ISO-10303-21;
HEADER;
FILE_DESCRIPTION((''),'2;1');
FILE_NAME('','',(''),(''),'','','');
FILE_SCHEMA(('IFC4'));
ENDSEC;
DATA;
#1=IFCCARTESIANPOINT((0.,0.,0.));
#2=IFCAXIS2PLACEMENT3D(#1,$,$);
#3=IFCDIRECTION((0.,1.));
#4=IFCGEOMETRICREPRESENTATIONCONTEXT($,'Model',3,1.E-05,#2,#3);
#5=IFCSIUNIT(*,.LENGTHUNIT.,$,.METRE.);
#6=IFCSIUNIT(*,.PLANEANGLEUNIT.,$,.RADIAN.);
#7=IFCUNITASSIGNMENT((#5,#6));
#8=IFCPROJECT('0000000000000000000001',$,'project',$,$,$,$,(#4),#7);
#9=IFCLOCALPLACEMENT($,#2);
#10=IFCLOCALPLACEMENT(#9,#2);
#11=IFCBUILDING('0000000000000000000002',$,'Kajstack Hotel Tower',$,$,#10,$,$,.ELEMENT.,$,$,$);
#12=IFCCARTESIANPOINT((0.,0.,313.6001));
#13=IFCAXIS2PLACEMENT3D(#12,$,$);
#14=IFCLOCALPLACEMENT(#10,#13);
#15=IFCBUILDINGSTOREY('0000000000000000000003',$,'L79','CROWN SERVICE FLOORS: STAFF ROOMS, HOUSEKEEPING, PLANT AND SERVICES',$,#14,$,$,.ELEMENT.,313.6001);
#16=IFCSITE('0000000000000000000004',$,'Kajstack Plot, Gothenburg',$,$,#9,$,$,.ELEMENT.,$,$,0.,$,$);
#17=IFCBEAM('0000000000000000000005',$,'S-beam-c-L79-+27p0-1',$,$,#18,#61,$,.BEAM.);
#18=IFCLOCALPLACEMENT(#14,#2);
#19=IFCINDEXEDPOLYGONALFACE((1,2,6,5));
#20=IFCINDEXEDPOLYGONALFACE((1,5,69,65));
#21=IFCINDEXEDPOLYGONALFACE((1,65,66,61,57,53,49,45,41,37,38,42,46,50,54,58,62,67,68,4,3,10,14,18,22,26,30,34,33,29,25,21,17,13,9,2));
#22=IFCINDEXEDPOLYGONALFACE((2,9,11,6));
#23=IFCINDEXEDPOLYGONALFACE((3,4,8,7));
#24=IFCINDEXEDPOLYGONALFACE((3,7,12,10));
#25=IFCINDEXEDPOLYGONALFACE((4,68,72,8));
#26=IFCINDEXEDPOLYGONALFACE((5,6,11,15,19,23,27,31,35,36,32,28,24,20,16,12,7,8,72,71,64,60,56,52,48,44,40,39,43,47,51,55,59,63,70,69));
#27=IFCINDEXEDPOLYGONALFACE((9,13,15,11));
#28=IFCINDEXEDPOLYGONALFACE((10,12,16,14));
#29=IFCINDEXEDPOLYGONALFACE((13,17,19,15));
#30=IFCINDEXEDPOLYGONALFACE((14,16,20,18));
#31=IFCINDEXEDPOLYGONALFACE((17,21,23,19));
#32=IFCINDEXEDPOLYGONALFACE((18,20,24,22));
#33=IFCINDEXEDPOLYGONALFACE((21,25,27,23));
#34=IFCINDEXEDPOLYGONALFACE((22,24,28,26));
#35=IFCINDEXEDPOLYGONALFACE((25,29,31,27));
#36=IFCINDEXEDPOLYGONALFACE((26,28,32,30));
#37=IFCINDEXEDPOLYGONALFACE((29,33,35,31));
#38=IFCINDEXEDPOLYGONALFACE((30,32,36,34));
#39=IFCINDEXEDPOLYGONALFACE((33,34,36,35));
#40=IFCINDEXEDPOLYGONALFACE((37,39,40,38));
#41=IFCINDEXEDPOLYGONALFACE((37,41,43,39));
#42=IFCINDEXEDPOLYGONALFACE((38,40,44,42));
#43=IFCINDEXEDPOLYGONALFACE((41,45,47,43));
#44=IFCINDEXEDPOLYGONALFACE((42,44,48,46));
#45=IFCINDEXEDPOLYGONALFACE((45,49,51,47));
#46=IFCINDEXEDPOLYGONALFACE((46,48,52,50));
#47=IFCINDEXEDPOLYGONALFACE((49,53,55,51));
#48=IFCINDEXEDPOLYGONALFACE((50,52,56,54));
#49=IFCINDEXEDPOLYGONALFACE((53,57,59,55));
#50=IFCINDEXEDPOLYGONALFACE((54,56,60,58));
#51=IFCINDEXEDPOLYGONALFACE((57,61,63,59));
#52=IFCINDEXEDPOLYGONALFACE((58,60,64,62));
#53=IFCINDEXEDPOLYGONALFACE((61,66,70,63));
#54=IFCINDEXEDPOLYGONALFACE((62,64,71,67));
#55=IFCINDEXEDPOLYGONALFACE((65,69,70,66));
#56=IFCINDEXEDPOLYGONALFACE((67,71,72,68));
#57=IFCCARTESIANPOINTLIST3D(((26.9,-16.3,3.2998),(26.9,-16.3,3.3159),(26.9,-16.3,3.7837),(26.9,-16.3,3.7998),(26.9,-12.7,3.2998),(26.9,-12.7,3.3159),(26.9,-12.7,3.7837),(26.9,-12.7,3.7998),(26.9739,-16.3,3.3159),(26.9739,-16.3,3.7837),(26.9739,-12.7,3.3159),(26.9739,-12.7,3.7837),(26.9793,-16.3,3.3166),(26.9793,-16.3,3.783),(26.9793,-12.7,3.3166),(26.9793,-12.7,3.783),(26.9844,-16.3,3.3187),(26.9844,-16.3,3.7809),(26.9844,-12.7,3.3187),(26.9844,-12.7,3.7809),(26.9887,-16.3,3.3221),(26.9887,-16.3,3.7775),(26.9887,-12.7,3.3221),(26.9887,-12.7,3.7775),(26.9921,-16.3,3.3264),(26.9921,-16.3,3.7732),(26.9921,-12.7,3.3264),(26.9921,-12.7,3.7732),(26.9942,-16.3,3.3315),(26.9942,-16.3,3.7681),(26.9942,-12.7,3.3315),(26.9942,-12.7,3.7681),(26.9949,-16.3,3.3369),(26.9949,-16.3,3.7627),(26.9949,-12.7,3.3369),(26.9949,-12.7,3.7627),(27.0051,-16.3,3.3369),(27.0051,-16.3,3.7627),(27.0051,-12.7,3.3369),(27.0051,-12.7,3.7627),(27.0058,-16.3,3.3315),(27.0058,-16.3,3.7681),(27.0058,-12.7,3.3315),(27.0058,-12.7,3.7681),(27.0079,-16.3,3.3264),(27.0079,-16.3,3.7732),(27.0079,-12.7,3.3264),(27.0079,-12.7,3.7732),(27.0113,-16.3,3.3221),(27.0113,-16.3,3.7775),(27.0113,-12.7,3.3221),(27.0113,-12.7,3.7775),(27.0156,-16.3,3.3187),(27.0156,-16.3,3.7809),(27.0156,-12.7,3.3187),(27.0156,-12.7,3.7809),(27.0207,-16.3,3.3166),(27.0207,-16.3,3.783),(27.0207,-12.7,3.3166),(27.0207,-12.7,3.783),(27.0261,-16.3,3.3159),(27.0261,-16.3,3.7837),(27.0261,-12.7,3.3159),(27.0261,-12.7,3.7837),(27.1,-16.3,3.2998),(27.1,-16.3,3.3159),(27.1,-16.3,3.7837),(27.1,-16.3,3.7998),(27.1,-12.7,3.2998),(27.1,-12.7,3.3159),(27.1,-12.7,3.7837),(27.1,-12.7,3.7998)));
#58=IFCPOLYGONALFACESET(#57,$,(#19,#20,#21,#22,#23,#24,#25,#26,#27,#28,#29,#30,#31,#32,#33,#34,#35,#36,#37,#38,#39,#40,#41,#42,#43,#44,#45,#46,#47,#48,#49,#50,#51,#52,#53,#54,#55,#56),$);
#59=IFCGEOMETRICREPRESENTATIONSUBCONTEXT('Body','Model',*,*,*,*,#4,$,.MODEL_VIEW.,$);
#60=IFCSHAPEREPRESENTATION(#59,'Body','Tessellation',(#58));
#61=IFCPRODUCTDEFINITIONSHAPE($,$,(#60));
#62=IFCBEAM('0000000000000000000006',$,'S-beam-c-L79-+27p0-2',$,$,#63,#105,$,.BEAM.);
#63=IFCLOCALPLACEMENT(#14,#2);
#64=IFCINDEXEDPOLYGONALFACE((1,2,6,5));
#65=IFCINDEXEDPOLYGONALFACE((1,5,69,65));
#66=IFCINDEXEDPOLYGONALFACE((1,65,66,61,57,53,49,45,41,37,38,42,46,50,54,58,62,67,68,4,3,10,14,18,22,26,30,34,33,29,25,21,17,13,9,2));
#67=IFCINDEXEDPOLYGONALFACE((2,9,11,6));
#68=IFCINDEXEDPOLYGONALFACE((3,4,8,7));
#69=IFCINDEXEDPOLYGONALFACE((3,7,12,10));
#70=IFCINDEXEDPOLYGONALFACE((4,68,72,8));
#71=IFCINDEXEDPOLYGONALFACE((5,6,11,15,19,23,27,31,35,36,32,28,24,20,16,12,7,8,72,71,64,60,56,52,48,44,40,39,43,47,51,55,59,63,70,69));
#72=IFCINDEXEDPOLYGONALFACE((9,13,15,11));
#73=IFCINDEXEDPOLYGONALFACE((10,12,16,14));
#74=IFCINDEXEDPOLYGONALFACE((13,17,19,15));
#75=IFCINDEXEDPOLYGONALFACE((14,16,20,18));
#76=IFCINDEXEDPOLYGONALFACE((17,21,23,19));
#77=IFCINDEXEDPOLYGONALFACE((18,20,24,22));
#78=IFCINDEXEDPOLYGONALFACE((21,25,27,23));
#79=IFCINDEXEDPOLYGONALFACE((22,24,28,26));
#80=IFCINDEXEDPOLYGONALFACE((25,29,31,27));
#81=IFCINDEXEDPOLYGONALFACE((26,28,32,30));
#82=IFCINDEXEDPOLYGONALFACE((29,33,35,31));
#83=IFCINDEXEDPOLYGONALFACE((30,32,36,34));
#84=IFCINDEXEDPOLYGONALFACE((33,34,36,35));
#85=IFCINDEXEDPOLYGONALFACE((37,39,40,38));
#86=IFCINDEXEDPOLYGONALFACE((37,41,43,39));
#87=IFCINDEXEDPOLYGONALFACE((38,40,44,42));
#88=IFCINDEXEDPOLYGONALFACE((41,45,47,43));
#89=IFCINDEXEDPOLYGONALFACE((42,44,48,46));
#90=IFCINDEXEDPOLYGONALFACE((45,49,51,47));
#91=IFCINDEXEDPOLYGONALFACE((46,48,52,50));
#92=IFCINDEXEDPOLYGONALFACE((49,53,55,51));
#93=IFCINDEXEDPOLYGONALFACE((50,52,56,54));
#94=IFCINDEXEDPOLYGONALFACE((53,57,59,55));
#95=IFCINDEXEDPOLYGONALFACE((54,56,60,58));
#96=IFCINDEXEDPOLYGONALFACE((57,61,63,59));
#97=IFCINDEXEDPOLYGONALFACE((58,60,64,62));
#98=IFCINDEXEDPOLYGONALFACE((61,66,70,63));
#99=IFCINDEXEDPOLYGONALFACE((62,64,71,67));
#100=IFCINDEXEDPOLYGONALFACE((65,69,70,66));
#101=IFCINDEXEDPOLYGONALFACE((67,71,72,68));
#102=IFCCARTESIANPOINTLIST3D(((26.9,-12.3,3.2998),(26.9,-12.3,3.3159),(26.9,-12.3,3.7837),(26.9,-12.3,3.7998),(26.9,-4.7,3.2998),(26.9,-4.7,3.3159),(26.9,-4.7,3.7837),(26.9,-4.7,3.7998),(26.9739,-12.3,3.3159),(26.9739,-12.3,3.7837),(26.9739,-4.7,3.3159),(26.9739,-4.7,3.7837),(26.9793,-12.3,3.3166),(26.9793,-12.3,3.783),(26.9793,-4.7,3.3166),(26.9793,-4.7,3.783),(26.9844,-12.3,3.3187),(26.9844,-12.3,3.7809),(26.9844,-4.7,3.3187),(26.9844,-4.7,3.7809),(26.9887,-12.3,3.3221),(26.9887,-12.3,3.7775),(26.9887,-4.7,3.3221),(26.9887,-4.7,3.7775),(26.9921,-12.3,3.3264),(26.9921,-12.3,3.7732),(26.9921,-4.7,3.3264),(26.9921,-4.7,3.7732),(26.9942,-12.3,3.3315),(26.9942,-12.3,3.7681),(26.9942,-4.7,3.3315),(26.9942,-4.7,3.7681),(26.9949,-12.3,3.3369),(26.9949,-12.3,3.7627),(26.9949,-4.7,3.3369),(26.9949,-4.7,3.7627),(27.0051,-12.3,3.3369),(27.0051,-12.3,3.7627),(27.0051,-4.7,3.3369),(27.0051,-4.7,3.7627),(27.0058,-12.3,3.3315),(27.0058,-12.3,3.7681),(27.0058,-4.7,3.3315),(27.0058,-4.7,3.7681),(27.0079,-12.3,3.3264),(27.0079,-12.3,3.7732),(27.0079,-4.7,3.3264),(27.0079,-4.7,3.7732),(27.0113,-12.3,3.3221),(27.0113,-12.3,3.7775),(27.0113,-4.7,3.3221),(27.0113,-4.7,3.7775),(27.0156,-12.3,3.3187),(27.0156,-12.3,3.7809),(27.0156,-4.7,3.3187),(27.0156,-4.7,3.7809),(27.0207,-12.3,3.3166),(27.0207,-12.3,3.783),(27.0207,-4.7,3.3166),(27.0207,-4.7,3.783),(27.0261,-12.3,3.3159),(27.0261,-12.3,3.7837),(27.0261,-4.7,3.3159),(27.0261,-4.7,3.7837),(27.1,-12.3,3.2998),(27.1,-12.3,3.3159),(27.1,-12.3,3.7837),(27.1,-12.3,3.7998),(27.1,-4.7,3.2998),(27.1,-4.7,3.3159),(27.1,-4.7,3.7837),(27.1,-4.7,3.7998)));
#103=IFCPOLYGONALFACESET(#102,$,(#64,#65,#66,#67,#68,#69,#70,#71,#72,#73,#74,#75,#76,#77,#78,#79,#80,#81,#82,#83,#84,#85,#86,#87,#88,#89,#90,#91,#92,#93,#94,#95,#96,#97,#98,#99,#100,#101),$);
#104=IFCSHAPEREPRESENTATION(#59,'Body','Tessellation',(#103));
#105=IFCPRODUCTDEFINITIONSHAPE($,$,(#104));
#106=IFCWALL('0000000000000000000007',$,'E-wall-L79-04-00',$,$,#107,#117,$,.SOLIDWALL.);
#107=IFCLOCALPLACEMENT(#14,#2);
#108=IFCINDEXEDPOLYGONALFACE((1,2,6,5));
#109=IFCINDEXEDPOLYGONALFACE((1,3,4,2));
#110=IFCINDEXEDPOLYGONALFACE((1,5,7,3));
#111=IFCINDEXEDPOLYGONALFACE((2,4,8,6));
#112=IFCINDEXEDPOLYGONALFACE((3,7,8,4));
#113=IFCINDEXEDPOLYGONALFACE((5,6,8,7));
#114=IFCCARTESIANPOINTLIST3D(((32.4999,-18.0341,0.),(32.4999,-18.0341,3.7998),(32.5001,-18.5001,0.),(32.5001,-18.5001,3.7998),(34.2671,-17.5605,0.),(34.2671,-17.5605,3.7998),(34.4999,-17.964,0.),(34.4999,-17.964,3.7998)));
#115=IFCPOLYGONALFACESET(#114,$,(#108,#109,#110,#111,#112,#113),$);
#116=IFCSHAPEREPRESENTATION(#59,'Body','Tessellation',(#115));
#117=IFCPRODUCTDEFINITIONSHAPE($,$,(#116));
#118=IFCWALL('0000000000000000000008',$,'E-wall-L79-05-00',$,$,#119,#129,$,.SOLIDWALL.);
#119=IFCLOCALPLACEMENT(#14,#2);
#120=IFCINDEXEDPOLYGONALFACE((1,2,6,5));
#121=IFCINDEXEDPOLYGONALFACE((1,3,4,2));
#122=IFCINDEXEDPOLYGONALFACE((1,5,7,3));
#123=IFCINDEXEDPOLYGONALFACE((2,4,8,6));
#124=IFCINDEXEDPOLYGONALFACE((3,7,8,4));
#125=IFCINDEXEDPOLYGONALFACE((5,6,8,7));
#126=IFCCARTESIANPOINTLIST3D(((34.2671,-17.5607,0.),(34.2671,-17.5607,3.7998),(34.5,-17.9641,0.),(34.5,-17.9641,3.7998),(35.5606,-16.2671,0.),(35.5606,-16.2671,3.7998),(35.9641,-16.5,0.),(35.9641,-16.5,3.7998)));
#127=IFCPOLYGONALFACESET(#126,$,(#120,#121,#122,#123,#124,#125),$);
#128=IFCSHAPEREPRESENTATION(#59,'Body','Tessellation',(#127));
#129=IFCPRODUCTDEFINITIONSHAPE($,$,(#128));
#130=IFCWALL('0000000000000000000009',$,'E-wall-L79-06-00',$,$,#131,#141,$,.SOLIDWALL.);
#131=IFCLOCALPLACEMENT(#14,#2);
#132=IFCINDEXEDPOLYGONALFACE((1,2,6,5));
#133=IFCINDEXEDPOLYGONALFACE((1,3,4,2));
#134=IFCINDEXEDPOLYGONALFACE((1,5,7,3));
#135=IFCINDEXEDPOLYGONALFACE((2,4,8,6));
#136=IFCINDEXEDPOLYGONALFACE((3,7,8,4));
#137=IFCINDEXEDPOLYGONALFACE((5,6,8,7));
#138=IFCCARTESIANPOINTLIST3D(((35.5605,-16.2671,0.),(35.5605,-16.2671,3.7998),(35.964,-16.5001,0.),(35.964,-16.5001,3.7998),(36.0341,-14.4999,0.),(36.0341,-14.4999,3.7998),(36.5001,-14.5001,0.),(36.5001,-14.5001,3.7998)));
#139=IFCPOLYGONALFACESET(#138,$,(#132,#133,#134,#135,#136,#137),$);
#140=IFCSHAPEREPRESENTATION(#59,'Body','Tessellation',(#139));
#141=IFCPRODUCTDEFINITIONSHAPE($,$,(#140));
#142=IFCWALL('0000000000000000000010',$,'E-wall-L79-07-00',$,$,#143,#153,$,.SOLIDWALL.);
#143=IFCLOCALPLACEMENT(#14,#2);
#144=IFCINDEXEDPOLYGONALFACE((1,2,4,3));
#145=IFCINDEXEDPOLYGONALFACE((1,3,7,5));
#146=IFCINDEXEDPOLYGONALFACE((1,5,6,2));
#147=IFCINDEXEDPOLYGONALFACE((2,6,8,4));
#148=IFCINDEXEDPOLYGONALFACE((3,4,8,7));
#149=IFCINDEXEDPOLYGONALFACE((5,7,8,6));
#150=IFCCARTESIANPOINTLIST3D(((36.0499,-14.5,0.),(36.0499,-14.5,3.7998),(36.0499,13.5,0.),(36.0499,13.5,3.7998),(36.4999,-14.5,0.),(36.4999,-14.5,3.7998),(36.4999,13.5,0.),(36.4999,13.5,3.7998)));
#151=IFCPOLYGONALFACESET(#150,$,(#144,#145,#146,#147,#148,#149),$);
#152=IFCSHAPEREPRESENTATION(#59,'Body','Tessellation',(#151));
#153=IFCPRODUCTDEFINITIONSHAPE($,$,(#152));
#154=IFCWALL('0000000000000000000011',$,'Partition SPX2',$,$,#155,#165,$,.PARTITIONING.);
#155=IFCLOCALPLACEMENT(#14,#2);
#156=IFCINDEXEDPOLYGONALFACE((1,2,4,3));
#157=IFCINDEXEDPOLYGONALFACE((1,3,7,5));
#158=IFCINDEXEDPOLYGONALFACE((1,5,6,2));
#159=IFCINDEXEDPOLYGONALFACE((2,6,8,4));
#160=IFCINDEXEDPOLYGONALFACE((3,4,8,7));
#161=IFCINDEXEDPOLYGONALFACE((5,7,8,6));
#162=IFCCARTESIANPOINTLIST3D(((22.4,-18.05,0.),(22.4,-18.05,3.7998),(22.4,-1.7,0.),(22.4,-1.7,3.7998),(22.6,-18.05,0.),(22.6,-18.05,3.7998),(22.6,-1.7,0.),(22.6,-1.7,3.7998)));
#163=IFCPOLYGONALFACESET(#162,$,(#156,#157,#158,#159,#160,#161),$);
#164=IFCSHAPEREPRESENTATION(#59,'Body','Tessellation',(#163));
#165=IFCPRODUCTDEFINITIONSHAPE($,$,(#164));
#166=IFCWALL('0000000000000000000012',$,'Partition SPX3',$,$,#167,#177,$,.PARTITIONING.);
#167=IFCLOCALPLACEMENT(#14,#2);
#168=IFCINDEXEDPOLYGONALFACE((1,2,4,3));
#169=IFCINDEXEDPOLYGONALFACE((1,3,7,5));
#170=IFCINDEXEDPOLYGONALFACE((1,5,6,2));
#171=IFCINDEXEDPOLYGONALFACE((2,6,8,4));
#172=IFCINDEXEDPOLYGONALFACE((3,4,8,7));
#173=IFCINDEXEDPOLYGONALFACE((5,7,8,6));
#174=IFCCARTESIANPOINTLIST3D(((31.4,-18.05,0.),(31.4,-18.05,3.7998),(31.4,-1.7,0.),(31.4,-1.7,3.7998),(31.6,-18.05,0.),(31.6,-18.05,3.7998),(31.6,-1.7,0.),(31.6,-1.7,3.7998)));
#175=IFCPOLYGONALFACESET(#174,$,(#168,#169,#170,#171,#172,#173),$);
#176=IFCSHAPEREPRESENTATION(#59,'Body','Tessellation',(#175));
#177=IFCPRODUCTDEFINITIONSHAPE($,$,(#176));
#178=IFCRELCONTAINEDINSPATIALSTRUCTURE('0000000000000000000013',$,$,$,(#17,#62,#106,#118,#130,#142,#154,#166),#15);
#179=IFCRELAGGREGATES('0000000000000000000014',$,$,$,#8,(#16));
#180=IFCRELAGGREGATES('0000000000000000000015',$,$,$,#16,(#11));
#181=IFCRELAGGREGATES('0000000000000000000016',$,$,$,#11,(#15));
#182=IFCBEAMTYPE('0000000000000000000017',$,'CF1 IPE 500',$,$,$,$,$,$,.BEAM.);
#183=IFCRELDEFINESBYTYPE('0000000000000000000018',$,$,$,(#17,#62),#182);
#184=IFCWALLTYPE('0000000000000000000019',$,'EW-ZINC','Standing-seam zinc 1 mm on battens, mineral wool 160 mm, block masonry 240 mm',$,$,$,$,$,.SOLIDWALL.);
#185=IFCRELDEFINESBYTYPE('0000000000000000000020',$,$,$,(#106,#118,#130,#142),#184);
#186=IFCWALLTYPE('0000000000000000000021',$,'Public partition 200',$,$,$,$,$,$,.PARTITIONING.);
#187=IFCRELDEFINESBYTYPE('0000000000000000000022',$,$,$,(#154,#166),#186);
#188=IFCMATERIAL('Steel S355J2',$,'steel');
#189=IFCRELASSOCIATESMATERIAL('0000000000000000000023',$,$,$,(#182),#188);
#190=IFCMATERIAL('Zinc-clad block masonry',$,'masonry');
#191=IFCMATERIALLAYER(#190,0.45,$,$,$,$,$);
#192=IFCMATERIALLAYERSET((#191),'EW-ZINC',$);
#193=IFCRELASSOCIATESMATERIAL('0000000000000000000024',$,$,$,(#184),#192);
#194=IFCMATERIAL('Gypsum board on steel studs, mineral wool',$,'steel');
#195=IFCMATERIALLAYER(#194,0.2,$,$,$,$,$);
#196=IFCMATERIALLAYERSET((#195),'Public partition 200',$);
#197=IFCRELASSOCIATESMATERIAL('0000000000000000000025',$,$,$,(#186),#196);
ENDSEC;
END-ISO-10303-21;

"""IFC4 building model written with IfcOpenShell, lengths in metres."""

from ifc_helpers import new_model, si_unit, direction, frame, frame_2d, origin, origin_2d, place, context, subcontext, project, spatial, polyline, rectangle, i_section, outline, extrude, material, layer, layer_set, material_profile, profile_set, type_object, element, save


model = new_model("IFC4")

# Units and contexts
model_context = context("Model", 3, precision=1e-05, world=origin(), true_north=direction((0.0, 1.0)))
body_context = subcontext(model_context, "Body", "Model", "MODEL_VIEW")
ifc_project = project(units=[si_unit("LENGTHUNIT", "METRE"), si_unit("PLANEANGLEUNIT", "RADIAN")], contexts=[model_context])

# Site, building, storey
site_placement = place(None, origin())
site = spatial("IfcSite", under=ifc_project, at=site_placement, Name="Kajstack Plot, Gothenburg", CompositionType="ELEMENT", RefElevation=0.0)
building_placement = place(site_placement, origin())
building = spatial("IfcBuilding", under=site, at=building_placement, Name="Kajstack Hotel Tower", CompositionType="ELEMENT")
storey_placement = place(building_placement, frame((0.0, 0.0, 313.6001)))
storey = spatial("IfcBuildingStorey", under=building, at=storey_placement, Name="L79", Description="CROWN SERVICE FLOORS: STAFF ROOMS, HOUSEKEEPING, PLANT AND SERVICES", CompositionType="ELEMENT", Elevation=313.6001)

# Shared definitions
ifc_material_1 = material(Name="Steel S355J2", Category="steel")

# Beams
ifc_material_profile_1 = material_profile(ifc_material_1, i_section(OverallWidth=0.2, OverallDepth=0.5, WebThickness=0.0103, FlangeThickness=0.0161, FilletRadius=0.021, at=origin_2d()), Name="IPE 500")
ifc_profile_set_1 = profile_set([ifc_material_profile_1], Name="Steel S355J2")
beam_type = type_object("IfcBeamType", Name="CF1 IPE 500", PredefinedType="BEAM", material=ifc_profile_set_1)
beam_1_placement = place(storey_placement, frame((27.0, -16.3, 3.5498), z_axis=(0.0, 1.0, 0.0), x_axis=(-1.0, 0.0, 0.0)))
element("IfcBeam", 1, at=beam_1_placement, inside=storey, type_object=beam_type, Name="S-beam-c-L79-+27p0-1", PredefinedType="BEAM", context=body_context, shape_type="SweptSolid", body=[
    extrude(i_section(OverallWidth=0.2, OverallDepth=0.5, WebThickness=0.0103, FlangeThickness=0.0161, FilletRadius=0.021, at=origin_2d()), origin(), (0.0, 0.0, 1.0), 3.6001),
])
beam_2_placement = place(storey_placement, frame((27.0, -12.3, 3.5498), z_axis=(0.0, 1.0, 0.0), x_axis=(-1.0, 0.0, 0.0)))
element("IfcBeam", 2, at=beam_2_placement, inside=storey, type_object=beam_type, Name="S-beam-c-L79-+27p0-2", PredefinedType="BEAM", context=body_context, shape_type="SweptSolid", body=[
    extrude(i_section(OverallWidth=0.2, OverallDepth=0.5, WebThickness=0.0103, FlangeThickness=0.0161, FilletRadius=0.021, at=origin_2d()), origin(), (0.0, 0.0, 1.0), 7.6001),
])

# Walls
ifc_material_2 = material(Name="Zinc-clad block masonry", Category="masonry")
ifc_layer_1 = layer(ifc_material_2, 0.45)
ifc_layer_set_1 = layer_set([ifc_layer_1], Name="EW-ZINC")
wall_type_1 = type_object("IfcWallType", Name="EW-ZINC", Description="Standing-seam zinc 1 mm on battens, mineral wool 160 mm, block masonry 240 mm", PredefinedType="SOLIDWALL", material=ifc_layer_set_1)
wall_1_placement = place(storey_placement, frame((32.4417, -18.2827, 0.0), z_axis=(0.0, 0.0, 1.0), x_axis=(0.965927, 0.258815, 0.0)))
element("IfcWall", 3, at=wall_1_placement, inside=storey, type_object=wall_type_1, Name="E-wall-L79-04-00", PredefinedType="SOLIDWALL", context=body_context, shape_type="SweptSolid", body=[
    extrude(outline(polyline([(0.0002, -0.2251), (2.0706, -0.2249), (1.9502, 0.2251), (0.1206, 0.2251), (0.0002, -0.2251)])), origin(), (0.0, 0.0, 1.0), 3.7998),
])
wall_2_placement = place(storey_placement, frame((34.3408, -17.8049, 0.0), z_axis=(0.0, 0.0, 1.0), x_axis=(0.707107, 0.707107, 0.0)))
element("IfcWall", 4, at=wall_2_placement, inside=storey, type_object=wall_type_1, Name="E-wall-L79-05-00", PredefinedType="SOLIDWALL", context=body_context, shape_type="SweptSolid", body=[
    extrude(outline(polyline([(0.0, -0.2251), (2.0706, -0.2251), (1.95, 0.2249), (0.1206, 0.2249), (0.0, -0.2251)])), origin(), (0.0, 0.0, 1.0), 3.7998),
])
wall_3_placement = place(storey_placement, frame((35.7468, -16.4417, 0.0), z_axis=(0.0, 0.0, 1.0), x_axis=(0.258815, 0.965927, 0.0)))
element("IfcWall", 5, at=wall_3_placement, inside=storey, type_object=wall_type_1, Name="E-wall-L79-06-00", PredefinedType="SOLIDWALL", context=body_context, shape_type="SweptSolid", body=[
    extrude(outline(polyline([(-0.0002, -0.2249), (2.0703, -0.2251), (1.95, 0.2251), (0.1204, 0.2251), (-0.0002, -0.2249)])), origin(), (0.0, 0.0, 1.0), 3.7998),
])
wall_4_placement = place(storey_placement, frame((36.2749, -14.5, 0.0), z_axis=(0.0, 0.0, 1.0), x_axis=(0.0, 1.0, 0.0)))
element("IfcWall", 6, at=wall_4_placement, inside=storey, type_object=wall_type_1, Name="E-wall-L79-07-00", PredefinedType="SOLIDWALL", context=body_context, shape_type="SweptSolid", body=[
    extrude(rectangle(XDim=28.0, YDim=0.45, at=frame_2d((14.0, 0.0))), origin(), (0.0, 0.0, 1.0), 3.7998),
])
ifc_material_3 = material(Name="Gypsum board on steel studs, mineral wool", Category="steel")
ifc_layer_2 = layer(ifc_material_3, 0.2)
ifc_layer_set_2 = layer_set([ifc_layer_2], Name="Public partition 200")
wall_type_2 = type_object("IfcWallType", Name="Public partition 200", PredefinedType="PARTITIONING", material=ifc_layer_set_2)
for number, where, z_axis, x_axis, name in (
    (7, (22.5, -18.05, 0.0), (0.0, 0.0, 1.0), (0.0, 1.0, 0.0), "Partition SPX2"),
    (8, (31.5, -18.05, 0.0), (0.0, 0.0, 1.0), (0.0, 1.0, 0.0), "Partition SPX3"),
):
    element("IfcWall", number, at=place(storey_placement, frame(where, z_axis=z_axis, x_axis=x_axis)), inside=storey, type_object=wall_type_2, Name=name, PredefinedType="PARTITIONING", context=body_context, shape_type="SweptSolid", body=[
        extrude(rectangle(XDim=16.3501, YDim=0.2, at=frame_2d((8.175, 0.0))), origin(), (0.0, 0.0, 1.0), 3.7998),
    ])

save(model, "model.ifc")
